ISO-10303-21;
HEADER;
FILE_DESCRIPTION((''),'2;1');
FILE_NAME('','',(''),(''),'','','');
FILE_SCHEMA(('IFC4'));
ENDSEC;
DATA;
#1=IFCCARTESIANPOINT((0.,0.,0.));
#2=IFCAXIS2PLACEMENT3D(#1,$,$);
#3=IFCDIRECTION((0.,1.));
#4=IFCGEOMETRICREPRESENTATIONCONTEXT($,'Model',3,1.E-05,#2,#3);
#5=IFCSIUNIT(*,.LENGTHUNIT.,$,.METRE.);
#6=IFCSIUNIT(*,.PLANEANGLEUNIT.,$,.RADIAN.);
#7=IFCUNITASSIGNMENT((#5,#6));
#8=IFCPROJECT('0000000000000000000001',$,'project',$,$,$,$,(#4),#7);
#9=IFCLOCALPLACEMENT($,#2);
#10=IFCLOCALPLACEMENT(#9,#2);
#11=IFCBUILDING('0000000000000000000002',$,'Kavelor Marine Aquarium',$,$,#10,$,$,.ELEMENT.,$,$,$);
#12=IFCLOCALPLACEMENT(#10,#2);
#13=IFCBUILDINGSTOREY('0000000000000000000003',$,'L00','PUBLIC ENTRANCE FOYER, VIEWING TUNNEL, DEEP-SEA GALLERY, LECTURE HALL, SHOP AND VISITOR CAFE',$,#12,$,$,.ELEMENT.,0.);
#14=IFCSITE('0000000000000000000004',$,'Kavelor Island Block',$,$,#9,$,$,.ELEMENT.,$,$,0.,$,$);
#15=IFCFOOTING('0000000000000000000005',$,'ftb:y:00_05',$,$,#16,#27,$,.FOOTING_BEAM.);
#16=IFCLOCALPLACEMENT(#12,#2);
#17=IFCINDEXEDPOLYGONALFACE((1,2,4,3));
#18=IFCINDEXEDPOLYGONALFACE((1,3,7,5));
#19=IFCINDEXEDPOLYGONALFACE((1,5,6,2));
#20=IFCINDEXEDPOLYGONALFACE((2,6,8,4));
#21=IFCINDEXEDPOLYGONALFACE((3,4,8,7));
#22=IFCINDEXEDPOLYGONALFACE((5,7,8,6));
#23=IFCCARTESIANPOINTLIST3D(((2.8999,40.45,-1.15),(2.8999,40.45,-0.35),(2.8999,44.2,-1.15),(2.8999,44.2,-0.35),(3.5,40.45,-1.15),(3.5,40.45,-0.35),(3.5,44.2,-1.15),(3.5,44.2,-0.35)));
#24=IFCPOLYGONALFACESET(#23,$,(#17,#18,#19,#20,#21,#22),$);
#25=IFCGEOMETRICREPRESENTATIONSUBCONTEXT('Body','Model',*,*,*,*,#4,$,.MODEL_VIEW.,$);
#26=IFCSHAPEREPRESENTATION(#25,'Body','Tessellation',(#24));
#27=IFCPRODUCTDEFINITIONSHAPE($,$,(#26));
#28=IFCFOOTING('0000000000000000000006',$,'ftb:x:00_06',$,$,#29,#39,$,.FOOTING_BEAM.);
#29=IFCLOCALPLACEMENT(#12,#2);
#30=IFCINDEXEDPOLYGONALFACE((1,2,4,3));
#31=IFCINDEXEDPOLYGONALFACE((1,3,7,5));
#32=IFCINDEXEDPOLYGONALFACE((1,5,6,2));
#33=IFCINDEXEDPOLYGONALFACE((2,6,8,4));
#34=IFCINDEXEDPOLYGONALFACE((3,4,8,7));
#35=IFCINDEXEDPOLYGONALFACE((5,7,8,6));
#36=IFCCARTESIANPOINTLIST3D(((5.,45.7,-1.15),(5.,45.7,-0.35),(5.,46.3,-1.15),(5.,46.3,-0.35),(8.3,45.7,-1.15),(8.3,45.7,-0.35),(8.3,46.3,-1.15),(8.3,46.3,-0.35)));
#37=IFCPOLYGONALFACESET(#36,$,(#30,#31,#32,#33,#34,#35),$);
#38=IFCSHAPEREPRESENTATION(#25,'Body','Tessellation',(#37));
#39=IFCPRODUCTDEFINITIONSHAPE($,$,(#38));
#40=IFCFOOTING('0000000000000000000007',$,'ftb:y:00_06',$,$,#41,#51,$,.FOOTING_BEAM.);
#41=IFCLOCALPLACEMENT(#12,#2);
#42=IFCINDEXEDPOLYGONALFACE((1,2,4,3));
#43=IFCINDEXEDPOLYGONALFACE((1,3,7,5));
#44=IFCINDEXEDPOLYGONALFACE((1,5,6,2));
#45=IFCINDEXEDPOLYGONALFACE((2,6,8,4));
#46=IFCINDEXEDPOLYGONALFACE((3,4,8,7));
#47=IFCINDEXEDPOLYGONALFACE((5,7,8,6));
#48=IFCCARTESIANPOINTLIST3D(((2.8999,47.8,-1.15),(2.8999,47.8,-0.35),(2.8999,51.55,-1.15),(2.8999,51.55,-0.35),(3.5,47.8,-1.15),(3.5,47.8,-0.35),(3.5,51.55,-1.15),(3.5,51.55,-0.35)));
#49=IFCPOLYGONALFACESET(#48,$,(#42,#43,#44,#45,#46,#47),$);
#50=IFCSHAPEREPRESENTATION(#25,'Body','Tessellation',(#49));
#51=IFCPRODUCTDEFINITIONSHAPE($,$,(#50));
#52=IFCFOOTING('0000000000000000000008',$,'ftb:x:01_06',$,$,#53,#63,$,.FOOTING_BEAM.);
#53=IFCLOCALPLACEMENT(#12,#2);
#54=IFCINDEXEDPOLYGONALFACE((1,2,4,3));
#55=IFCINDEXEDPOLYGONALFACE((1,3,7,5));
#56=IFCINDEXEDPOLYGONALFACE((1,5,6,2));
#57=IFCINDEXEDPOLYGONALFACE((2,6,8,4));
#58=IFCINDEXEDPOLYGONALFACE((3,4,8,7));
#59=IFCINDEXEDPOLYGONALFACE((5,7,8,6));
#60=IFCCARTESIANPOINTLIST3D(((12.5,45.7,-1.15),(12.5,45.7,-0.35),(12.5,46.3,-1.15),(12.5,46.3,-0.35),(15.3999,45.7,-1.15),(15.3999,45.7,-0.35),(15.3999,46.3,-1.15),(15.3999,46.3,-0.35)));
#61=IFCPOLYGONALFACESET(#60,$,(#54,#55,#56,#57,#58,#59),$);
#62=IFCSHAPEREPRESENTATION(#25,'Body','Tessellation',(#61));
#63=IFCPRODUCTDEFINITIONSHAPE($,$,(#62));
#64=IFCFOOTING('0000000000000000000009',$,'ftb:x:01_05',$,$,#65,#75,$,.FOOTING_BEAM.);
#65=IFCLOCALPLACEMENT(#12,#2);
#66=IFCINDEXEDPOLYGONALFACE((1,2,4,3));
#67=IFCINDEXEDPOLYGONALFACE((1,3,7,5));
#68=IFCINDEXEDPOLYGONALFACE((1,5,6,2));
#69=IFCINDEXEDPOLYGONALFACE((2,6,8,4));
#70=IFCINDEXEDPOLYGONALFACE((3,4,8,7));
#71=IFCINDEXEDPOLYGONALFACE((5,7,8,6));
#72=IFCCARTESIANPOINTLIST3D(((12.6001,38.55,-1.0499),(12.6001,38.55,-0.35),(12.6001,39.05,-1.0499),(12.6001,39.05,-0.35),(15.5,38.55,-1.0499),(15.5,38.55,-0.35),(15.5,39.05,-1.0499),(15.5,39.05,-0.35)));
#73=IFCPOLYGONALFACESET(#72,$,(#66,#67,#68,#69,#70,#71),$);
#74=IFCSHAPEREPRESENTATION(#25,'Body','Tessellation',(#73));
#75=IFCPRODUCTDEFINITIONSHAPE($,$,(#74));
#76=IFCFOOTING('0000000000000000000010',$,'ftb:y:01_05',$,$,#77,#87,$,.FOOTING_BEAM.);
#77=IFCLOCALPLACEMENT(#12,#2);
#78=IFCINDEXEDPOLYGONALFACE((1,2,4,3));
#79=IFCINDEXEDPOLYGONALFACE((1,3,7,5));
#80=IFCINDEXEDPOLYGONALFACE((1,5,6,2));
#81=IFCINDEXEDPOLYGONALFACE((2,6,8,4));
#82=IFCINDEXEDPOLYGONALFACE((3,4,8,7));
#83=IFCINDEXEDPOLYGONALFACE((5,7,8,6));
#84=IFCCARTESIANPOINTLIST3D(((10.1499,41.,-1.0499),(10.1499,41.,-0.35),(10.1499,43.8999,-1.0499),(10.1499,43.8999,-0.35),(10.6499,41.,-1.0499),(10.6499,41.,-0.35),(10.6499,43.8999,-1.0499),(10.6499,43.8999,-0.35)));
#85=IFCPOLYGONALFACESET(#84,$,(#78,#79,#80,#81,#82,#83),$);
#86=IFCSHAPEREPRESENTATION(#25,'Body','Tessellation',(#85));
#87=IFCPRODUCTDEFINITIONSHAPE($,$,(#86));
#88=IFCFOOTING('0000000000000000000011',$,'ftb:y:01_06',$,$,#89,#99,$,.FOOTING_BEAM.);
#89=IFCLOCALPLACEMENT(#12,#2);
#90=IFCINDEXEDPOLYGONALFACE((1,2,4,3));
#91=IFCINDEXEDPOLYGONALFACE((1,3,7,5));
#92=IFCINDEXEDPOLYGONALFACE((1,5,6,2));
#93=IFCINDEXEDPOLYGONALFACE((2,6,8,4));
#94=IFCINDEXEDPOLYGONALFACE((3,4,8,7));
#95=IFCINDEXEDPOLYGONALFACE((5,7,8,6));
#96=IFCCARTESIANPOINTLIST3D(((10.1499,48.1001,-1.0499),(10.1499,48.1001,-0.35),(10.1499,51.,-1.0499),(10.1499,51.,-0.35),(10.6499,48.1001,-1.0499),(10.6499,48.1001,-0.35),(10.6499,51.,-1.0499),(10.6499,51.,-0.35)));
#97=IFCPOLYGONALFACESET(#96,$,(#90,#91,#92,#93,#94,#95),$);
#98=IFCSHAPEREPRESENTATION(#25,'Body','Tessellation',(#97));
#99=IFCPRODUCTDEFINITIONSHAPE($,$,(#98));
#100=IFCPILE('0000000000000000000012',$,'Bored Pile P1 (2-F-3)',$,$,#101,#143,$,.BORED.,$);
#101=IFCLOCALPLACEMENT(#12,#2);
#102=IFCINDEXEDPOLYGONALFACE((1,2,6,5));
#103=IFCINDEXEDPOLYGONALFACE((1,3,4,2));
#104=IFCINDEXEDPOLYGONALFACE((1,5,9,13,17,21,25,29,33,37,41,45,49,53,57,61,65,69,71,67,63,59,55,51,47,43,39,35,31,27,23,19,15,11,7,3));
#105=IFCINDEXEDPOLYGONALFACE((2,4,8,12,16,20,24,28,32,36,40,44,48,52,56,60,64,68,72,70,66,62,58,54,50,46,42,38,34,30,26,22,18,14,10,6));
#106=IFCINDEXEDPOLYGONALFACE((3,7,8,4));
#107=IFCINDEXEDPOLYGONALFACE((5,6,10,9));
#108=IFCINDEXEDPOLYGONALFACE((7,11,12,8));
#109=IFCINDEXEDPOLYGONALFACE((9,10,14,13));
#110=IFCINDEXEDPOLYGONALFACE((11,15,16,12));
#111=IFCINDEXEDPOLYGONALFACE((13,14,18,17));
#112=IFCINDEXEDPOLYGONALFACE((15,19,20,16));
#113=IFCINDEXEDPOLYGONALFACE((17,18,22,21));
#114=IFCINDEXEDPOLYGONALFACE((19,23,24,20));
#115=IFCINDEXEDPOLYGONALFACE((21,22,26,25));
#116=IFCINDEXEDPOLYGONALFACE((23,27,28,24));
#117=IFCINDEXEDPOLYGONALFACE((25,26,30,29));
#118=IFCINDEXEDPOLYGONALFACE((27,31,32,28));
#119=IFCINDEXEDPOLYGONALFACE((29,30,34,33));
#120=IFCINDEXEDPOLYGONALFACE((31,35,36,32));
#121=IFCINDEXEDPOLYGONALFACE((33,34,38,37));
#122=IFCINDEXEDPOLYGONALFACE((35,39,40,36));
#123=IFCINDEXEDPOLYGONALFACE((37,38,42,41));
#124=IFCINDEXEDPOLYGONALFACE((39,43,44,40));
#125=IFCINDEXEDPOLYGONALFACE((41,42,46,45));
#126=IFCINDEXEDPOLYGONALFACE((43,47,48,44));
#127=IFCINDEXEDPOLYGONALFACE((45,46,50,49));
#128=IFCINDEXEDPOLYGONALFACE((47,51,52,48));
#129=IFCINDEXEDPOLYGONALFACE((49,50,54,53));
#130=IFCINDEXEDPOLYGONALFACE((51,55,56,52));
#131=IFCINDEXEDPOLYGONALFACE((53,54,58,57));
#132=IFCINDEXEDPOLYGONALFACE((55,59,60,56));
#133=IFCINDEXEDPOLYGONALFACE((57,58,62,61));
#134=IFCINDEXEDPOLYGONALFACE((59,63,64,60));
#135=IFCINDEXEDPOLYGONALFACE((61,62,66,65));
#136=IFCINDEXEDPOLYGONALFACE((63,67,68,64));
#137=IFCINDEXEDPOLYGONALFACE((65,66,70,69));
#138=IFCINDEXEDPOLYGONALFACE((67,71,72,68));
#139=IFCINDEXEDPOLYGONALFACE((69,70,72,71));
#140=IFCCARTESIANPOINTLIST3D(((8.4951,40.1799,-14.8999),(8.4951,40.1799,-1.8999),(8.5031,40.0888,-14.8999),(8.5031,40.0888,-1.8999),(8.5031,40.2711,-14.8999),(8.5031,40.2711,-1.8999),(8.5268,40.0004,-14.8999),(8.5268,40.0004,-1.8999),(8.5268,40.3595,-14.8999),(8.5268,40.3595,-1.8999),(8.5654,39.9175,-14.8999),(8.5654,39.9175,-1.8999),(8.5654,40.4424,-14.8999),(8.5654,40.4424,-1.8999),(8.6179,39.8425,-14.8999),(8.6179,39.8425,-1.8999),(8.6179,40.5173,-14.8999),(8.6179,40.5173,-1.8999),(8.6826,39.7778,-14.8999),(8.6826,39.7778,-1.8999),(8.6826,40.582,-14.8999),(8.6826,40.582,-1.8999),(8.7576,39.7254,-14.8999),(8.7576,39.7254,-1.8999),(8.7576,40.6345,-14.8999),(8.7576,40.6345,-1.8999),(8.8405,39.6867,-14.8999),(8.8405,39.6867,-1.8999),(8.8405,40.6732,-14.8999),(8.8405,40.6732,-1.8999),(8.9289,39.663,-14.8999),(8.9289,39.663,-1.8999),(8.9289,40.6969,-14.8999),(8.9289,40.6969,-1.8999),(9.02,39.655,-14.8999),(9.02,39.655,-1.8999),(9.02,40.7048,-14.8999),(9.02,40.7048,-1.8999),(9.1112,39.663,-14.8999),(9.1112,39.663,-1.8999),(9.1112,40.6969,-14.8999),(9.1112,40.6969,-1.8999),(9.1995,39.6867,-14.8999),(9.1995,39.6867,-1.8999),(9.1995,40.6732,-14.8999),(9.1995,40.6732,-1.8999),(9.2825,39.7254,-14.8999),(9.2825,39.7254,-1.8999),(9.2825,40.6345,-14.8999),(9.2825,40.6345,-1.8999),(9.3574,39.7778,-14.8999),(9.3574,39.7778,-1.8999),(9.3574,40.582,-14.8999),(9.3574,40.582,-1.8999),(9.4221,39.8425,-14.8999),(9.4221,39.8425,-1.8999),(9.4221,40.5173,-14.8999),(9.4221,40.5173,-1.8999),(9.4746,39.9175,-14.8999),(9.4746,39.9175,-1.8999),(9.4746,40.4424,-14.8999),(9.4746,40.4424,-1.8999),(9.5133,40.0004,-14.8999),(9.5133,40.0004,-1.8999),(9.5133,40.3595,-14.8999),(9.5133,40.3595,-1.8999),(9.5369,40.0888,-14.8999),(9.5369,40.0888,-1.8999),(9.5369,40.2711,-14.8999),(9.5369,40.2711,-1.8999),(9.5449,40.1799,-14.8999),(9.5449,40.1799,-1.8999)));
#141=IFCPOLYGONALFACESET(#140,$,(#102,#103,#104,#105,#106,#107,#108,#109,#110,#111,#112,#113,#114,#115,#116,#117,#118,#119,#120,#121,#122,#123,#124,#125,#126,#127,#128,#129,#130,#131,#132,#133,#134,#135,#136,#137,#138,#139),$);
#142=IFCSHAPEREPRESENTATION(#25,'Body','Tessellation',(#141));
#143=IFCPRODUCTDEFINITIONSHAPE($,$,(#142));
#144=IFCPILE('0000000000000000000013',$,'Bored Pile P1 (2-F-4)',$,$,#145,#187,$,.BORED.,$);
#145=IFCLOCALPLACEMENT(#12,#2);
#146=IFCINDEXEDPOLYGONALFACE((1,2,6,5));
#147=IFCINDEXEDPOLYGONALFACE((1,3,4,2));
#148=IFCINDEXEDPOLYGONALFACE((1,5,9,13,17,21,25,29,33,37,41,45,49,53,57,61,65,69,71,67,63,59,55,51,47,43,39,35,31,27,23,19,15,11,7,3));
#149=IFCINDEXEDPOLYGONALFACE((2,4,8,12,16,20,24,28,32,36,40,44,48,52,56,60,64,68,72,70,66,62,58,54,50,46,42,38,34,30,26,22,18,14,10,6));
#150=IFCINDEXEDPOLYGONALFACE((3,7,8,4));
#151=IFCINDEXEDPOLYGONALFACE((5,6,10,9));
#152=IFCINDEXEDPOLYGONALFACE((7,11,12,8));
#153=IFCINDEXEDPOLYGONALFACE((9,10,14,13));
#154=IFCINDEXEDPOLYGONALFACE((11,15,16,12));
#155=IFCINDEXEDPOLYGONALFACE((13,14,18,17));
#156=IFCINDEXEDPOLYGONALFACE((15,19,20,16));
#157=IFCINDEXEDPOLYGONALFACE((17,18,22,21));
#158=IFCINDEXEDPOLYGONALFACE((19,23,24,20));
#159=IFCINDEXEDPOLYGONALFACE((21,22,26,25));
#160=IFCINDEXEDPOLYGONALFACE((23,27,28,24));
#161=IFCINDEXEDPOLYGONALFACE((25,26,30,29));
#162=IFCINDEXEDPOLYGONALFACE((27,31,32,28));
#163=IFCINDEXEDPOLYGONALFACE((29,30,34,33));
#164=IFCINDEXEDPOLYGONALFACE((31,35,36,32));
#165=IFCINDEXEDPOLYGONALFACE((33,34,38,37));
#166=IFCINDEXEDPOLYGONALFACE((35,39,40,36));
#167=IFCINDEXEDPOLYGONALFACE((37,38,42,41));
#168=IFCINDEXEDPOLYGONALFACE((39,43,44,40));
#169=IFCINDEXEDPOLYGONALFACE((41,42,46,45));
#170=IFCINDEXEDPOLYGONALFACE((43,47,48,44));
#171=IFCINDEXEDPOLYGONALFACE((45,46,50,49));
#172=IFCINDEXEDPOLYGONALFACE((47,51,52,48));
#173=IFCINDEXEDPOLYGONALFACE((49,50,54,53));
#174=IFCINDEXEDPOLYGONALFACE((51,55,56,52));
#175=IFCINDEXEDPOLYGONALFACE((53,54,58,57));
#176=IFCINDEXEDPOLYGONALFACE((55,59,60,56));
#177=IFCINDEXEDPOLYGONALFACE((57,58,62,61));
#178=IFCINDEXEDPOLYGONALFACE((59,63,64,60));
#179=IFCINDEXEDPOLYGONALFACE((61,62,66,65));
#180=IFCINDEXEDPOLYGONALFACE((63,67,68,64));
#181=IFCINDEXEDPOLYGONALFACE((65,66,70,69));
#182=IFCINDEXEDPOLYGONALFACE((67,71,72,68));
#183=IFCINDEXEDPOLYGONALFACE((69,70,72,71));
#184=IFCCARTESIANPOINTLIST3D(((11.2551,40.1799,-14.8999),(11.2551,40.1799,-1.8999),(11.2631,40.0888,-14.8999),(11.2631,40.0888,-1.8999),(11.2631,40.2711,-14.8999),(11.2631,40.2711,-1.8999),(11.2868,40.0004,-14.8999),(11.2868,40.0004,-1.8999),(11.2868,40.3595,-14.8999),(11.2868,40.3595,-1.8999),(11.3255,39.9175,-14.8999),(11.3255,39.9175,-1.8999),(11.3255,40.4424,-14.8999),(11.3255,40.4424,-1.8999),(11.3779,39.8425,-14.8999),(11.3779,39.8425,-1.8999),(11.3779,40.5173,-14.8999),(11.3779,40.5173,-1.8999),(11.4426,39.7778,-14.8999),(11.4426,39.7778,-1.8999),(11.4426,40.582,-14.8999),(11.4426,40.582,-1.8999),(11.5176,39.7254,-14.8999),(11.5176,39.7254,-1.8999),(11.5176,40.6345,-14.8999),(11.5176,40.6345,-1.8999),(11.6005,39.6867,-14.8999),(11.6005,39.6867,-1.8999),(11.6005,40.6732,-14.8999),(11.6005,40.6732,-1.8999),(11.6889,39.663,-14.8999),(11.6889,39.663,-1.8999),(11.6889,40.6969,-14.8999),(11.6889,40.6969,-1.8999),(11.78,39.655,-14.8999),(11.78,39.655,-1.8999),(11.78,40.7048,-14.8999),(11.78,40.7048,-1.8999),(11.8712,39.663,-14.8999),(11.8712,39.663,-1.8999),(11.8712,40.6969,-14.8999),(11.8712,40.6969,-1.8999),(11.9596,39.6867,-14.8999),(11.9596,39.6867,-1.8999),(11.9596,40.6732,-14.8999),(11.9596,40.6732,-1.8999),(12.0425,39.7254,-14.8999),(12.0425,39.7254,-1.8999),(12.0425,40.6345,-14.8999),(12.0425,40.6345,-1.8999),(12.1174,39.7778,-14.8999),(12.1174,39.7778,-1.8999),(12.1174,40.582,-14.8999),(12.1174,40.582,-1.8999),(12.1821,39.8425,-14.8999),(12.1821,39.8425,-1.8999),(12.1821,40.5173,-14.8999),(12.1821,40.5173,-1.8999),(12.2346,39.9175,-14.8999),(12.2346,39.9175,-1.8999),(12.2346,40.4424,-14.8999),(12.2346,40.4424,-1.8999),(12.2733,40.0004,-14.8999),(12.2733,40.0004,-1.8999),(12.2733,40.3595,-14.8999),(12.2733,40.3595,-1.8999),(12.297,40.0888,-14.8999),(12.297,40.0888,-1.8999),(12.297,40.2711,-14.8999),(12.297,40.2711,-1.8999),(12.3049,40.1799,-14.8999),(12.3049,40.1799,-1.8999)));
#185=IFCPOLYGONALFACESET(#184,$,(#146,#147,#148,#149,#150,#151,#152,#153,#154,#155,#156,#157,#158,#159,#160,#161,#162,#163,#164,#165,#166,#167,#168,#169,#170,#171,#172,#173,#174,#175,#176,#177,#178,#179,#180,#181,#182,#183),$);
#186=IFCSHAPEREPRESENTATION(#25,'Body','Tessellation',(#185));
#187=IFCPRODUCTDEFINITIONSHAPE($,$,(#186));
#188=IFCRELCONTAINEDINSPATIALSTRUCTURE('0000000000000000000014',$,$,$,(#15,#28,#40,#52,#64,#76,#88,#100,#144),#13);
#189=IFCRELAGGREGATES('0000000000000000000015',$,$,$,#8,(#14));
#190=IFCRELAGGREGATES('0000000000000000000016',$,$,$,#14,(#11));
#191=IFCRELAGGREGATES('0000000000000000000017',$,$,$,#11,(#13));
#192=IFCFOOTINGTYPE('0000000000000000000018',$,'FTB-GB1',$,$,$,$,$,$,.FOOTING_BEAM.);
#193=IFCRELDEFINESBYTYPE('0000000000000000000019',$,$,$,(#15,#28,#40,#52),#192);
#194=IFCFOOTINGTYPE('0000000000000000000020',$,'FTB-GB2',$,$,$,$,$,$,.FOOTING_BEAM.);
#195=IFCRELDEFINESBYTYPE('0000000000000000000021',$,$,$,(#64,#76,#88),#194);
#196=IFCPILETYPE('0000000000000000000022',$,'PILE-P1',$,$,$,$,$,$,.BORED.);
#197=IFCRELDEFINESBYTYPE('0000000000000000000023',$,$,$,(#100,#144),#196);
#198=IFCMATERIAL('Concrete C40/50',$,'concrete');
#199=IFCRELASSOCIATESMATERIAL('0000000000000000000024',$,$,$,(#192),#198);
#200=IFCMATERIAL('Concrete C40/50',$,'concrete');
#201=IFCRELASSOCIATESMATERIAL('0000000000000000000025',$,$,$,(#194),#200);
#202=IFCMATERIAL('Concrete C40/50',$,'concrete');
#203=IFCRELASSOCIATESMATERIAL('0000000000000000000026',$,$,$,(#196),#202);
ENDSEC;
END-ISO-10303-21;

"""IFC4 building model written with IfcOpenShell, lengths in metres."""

from ifc_helpers import new_model, si_unit, direction, frame, origin, origin_2d, place, context, subcontext, project, spatial, rectangle, circle, extrude, material, material_profile, profile_set, type_object, element, save


model = new_model("IFC4")

# Units and contexts
model_context = context("Model", 3, precision=1e-05, world=origin(), true_north=direction((0.0, 1.0)))
body_context = subcontext(model_context, "Body", "Model", "MODEL_VIEW")
ifc_project = project(units=[si_unit("LENGTHUNIT", "METRE"), si_unit("PLANEANGLEUNIT", "RADIAN")], contexts=[model_context])

# Site, building, storey
site_placement = place(None, origin())
site = spatial("IfcSite", under=ifc_project, at=site_placement, Name="Kavelor Island Block", CompositionType="ELEMENT", RefElevation=0.0)
building_placement = place(site_placement, origin())
building = spatial("IfcBuilding", under=site, at=building_placement, Name="Kavelor Marine Aquarium", CompositionType="ELEMENT")
storey_placement = place(building_placement, origin())
storey = spatial("IfcBuildingStorey", under=building, at=storey_placement, Name="L00", Description="PUBLIC ENTRANCE FOYER, VIEWING TUNNEL, DEEP-SEA GALLERY, LECTURE HALL, SHOP AND VISITOR CAFE", CompositionType="ELEMENT", Elevation=0.0)

# Footings
ifc_material_1 = material(Name="Concrete C40/50", Category="concrete")
ifc_material_profile_1 = material_profile(ifc_material_1, rectangle(XDim=0.6001, YDim=0.8, at=origin_2d()), Name="GB 600x800")
ifc_profile_set_1 = profile_set([ifc_material_profile_1], Name="Concrete C40/50")
footing_type_1 = type_object("IfcFootingType", Name="FTB-GB1", PredefinedType="FOOTING_BEAM", material=ifc_profile_set_1)
footing_1_placement = place(storey_placement, frame((3.2, 40.45, -0.75), z_axis=(0.0, 1.0, 0.0), x_axis=(-1.0, 0.0, 0.0)))
element("IfcFooting", 1, at=footing_1_placement, inside=storey, type_object=footing_type_1, Name="ftb:y:00_05", PredefinedType="FOOTING_BEAM", context=body_context, shape_type="SweptSolid", body=[
    extrude(rectangle(XDim=0.6001, YDim=0.8, at=origin_2d()), origin(), (0.0, 0.0, 1.0), 3.75),
])
footing_2_placement = place(storey_placement, frame((5.0, 46.0, -0.75), z_axis=(1.0, 0.0, 0.0), x_axis=(0.0, 1.0, 0.0)))
element("IfcFooting", 2, at=footing_2_placement, inside=storey, type_object=footing_type_1, Name="ftb:x:00_06", PredefinedType="FOOTING_BEAM", context=body_context, shape_type="SweptSolid", body=[
    extrude(rectangle(XDim=0.6001, YDim=0.8, at=origin_2d()), origin(), (0.0, 0.0, 1.0), 3.3),
])
footing_3_placement = place(storey_placement, frame((3.2, 47.8, -0.75), z_axis=(0.0, 1.0, 0.0), x_axis=(-1.0, 0.0, 0.0)))
element("IfcFooting", 3, at=footing_3_placement, inside=storey, type_object=footing_type_1, Name="ftb:y:00_06", PredefinedType="FOOTING_BEAM", context=body_context, shape_type="SweptSolid", body=[
    extrude(rectangle(XDim=0.6001, YDim=0.8, at=origin_2d()), origin(), (0.0, 0.0, 1.0), 3.75),
])
footing_4_placement = place(storey_placement, frame((12.5, 46.0, -0.75), z_axis=(1.0, 0.0, 0.0), x_axis=(0.0, 1.0, 0.0)))
element("IfcFooting", 4, at=footing_4_placement, inside=storey, type_object=footing_type_1, Name="ftb:x:01_06", PredefinedType="FOOTING_BEAM", context=body_context, shape_type="SweptSolid", body=[
    extrude(rectangle(XDim=0.6001, YDim=0.8, at=origin_2d()), origin(), (0.0, 0.0, 1.0), 2.8999),
])
ifc_material_2 = material(Name="Concrete C40/50", Category="concrete")
ifc_material_profile_2 = material_profile(ifc_material_2, rectangle(XDim=0.5, YDim=0.7, at=origin_2d()), Name="GB 500x700")
ifc_profile_set_2 = profile_set([ifc_material_profile_2], Name="Concrete C40/50")
footing_type_2 = type_object("IfcFootingType", Name="FTB-GB2", PredefinedType="FOOTING_BEAM", material=ifc_profile_set_2)
for number, where, z_axis, x_axis, name in (
    (5, (12.6001, 38.8, -0.7), (1.0, 0.0, 0.0), (0.0, 1.0, 0.0), "ftb:x:01_05"),
    (6, (10.3999, 41.0, -0.7), (0.0, 1.0, 0.0), (-1.0, 0.0, 0.0), "ftb:y:01_05"),
    (7, (10.3999, 48.1001, -0.7), (0.0, 1.0, 0.0), (-1.0, 0.0, 0.0), "ftb:y:01_06"),
):
    element("IfcFooting", number, at=place(storey_placement, frame(where, z_axis=z_axis, x_axis=x_axis)), inside=storey, type_object=footing_type_2, Name=name, PredefinedType="FOOTING_BEAM", context=body_context, shape_type="SweptSolid", body=[
        extrude(rectangle(XDim=0.5, YDim=0.7, at=origin_2d()), origin(), (0.0, 0.0, 1.0), 2.8999),
    ])

# Piles
ifc_material_3 = material(Name="Concrete C40/50", Category="concrete")
ifc_material_profile_3 = material_profile(ifc_material_3, circle(Radius=0.5249, at=origin_2d()), Name="PILE D1050")
ifc_profile_set_3 = profile_set([ifc_material_profile_3], Name="Concrete C40/50")
pile_type_1 = type_object("IfcPileType", Name="PILE-P1", PredefinedType="BORED", material=ifc_profile_set_3)
for number, where, z_axis, x_axis, name in (
    (8, (9.02, 40.1799, -1.8999), (0.0, 0.0, -1.0), (1.0, 0.0, 0.0), "Bored Pile P1 (2-F-3)"),
    (9, (11.78, 40.1799, -1.8999), (0.0, 0.0, -1.0), (1.0, 0.0, 0.0), "Bored Pile P1 (2-F-4)"),
):
    element("IfcPile", number, at=place(storey_placement, frame(where, z_axis=z_axis, x_axis=x_axis)), inside=storey, type_object=pile_type_1, Name=name, PredefinedType="BORED", context=body_context, shape_type="SweptSolid", body=[
        extrude(circle(Radius=0.5249, at=origin_2d()), origin(), (0.0, 0.0, 1.0), 13.0),
    ])

save(model, "model.ifc")
